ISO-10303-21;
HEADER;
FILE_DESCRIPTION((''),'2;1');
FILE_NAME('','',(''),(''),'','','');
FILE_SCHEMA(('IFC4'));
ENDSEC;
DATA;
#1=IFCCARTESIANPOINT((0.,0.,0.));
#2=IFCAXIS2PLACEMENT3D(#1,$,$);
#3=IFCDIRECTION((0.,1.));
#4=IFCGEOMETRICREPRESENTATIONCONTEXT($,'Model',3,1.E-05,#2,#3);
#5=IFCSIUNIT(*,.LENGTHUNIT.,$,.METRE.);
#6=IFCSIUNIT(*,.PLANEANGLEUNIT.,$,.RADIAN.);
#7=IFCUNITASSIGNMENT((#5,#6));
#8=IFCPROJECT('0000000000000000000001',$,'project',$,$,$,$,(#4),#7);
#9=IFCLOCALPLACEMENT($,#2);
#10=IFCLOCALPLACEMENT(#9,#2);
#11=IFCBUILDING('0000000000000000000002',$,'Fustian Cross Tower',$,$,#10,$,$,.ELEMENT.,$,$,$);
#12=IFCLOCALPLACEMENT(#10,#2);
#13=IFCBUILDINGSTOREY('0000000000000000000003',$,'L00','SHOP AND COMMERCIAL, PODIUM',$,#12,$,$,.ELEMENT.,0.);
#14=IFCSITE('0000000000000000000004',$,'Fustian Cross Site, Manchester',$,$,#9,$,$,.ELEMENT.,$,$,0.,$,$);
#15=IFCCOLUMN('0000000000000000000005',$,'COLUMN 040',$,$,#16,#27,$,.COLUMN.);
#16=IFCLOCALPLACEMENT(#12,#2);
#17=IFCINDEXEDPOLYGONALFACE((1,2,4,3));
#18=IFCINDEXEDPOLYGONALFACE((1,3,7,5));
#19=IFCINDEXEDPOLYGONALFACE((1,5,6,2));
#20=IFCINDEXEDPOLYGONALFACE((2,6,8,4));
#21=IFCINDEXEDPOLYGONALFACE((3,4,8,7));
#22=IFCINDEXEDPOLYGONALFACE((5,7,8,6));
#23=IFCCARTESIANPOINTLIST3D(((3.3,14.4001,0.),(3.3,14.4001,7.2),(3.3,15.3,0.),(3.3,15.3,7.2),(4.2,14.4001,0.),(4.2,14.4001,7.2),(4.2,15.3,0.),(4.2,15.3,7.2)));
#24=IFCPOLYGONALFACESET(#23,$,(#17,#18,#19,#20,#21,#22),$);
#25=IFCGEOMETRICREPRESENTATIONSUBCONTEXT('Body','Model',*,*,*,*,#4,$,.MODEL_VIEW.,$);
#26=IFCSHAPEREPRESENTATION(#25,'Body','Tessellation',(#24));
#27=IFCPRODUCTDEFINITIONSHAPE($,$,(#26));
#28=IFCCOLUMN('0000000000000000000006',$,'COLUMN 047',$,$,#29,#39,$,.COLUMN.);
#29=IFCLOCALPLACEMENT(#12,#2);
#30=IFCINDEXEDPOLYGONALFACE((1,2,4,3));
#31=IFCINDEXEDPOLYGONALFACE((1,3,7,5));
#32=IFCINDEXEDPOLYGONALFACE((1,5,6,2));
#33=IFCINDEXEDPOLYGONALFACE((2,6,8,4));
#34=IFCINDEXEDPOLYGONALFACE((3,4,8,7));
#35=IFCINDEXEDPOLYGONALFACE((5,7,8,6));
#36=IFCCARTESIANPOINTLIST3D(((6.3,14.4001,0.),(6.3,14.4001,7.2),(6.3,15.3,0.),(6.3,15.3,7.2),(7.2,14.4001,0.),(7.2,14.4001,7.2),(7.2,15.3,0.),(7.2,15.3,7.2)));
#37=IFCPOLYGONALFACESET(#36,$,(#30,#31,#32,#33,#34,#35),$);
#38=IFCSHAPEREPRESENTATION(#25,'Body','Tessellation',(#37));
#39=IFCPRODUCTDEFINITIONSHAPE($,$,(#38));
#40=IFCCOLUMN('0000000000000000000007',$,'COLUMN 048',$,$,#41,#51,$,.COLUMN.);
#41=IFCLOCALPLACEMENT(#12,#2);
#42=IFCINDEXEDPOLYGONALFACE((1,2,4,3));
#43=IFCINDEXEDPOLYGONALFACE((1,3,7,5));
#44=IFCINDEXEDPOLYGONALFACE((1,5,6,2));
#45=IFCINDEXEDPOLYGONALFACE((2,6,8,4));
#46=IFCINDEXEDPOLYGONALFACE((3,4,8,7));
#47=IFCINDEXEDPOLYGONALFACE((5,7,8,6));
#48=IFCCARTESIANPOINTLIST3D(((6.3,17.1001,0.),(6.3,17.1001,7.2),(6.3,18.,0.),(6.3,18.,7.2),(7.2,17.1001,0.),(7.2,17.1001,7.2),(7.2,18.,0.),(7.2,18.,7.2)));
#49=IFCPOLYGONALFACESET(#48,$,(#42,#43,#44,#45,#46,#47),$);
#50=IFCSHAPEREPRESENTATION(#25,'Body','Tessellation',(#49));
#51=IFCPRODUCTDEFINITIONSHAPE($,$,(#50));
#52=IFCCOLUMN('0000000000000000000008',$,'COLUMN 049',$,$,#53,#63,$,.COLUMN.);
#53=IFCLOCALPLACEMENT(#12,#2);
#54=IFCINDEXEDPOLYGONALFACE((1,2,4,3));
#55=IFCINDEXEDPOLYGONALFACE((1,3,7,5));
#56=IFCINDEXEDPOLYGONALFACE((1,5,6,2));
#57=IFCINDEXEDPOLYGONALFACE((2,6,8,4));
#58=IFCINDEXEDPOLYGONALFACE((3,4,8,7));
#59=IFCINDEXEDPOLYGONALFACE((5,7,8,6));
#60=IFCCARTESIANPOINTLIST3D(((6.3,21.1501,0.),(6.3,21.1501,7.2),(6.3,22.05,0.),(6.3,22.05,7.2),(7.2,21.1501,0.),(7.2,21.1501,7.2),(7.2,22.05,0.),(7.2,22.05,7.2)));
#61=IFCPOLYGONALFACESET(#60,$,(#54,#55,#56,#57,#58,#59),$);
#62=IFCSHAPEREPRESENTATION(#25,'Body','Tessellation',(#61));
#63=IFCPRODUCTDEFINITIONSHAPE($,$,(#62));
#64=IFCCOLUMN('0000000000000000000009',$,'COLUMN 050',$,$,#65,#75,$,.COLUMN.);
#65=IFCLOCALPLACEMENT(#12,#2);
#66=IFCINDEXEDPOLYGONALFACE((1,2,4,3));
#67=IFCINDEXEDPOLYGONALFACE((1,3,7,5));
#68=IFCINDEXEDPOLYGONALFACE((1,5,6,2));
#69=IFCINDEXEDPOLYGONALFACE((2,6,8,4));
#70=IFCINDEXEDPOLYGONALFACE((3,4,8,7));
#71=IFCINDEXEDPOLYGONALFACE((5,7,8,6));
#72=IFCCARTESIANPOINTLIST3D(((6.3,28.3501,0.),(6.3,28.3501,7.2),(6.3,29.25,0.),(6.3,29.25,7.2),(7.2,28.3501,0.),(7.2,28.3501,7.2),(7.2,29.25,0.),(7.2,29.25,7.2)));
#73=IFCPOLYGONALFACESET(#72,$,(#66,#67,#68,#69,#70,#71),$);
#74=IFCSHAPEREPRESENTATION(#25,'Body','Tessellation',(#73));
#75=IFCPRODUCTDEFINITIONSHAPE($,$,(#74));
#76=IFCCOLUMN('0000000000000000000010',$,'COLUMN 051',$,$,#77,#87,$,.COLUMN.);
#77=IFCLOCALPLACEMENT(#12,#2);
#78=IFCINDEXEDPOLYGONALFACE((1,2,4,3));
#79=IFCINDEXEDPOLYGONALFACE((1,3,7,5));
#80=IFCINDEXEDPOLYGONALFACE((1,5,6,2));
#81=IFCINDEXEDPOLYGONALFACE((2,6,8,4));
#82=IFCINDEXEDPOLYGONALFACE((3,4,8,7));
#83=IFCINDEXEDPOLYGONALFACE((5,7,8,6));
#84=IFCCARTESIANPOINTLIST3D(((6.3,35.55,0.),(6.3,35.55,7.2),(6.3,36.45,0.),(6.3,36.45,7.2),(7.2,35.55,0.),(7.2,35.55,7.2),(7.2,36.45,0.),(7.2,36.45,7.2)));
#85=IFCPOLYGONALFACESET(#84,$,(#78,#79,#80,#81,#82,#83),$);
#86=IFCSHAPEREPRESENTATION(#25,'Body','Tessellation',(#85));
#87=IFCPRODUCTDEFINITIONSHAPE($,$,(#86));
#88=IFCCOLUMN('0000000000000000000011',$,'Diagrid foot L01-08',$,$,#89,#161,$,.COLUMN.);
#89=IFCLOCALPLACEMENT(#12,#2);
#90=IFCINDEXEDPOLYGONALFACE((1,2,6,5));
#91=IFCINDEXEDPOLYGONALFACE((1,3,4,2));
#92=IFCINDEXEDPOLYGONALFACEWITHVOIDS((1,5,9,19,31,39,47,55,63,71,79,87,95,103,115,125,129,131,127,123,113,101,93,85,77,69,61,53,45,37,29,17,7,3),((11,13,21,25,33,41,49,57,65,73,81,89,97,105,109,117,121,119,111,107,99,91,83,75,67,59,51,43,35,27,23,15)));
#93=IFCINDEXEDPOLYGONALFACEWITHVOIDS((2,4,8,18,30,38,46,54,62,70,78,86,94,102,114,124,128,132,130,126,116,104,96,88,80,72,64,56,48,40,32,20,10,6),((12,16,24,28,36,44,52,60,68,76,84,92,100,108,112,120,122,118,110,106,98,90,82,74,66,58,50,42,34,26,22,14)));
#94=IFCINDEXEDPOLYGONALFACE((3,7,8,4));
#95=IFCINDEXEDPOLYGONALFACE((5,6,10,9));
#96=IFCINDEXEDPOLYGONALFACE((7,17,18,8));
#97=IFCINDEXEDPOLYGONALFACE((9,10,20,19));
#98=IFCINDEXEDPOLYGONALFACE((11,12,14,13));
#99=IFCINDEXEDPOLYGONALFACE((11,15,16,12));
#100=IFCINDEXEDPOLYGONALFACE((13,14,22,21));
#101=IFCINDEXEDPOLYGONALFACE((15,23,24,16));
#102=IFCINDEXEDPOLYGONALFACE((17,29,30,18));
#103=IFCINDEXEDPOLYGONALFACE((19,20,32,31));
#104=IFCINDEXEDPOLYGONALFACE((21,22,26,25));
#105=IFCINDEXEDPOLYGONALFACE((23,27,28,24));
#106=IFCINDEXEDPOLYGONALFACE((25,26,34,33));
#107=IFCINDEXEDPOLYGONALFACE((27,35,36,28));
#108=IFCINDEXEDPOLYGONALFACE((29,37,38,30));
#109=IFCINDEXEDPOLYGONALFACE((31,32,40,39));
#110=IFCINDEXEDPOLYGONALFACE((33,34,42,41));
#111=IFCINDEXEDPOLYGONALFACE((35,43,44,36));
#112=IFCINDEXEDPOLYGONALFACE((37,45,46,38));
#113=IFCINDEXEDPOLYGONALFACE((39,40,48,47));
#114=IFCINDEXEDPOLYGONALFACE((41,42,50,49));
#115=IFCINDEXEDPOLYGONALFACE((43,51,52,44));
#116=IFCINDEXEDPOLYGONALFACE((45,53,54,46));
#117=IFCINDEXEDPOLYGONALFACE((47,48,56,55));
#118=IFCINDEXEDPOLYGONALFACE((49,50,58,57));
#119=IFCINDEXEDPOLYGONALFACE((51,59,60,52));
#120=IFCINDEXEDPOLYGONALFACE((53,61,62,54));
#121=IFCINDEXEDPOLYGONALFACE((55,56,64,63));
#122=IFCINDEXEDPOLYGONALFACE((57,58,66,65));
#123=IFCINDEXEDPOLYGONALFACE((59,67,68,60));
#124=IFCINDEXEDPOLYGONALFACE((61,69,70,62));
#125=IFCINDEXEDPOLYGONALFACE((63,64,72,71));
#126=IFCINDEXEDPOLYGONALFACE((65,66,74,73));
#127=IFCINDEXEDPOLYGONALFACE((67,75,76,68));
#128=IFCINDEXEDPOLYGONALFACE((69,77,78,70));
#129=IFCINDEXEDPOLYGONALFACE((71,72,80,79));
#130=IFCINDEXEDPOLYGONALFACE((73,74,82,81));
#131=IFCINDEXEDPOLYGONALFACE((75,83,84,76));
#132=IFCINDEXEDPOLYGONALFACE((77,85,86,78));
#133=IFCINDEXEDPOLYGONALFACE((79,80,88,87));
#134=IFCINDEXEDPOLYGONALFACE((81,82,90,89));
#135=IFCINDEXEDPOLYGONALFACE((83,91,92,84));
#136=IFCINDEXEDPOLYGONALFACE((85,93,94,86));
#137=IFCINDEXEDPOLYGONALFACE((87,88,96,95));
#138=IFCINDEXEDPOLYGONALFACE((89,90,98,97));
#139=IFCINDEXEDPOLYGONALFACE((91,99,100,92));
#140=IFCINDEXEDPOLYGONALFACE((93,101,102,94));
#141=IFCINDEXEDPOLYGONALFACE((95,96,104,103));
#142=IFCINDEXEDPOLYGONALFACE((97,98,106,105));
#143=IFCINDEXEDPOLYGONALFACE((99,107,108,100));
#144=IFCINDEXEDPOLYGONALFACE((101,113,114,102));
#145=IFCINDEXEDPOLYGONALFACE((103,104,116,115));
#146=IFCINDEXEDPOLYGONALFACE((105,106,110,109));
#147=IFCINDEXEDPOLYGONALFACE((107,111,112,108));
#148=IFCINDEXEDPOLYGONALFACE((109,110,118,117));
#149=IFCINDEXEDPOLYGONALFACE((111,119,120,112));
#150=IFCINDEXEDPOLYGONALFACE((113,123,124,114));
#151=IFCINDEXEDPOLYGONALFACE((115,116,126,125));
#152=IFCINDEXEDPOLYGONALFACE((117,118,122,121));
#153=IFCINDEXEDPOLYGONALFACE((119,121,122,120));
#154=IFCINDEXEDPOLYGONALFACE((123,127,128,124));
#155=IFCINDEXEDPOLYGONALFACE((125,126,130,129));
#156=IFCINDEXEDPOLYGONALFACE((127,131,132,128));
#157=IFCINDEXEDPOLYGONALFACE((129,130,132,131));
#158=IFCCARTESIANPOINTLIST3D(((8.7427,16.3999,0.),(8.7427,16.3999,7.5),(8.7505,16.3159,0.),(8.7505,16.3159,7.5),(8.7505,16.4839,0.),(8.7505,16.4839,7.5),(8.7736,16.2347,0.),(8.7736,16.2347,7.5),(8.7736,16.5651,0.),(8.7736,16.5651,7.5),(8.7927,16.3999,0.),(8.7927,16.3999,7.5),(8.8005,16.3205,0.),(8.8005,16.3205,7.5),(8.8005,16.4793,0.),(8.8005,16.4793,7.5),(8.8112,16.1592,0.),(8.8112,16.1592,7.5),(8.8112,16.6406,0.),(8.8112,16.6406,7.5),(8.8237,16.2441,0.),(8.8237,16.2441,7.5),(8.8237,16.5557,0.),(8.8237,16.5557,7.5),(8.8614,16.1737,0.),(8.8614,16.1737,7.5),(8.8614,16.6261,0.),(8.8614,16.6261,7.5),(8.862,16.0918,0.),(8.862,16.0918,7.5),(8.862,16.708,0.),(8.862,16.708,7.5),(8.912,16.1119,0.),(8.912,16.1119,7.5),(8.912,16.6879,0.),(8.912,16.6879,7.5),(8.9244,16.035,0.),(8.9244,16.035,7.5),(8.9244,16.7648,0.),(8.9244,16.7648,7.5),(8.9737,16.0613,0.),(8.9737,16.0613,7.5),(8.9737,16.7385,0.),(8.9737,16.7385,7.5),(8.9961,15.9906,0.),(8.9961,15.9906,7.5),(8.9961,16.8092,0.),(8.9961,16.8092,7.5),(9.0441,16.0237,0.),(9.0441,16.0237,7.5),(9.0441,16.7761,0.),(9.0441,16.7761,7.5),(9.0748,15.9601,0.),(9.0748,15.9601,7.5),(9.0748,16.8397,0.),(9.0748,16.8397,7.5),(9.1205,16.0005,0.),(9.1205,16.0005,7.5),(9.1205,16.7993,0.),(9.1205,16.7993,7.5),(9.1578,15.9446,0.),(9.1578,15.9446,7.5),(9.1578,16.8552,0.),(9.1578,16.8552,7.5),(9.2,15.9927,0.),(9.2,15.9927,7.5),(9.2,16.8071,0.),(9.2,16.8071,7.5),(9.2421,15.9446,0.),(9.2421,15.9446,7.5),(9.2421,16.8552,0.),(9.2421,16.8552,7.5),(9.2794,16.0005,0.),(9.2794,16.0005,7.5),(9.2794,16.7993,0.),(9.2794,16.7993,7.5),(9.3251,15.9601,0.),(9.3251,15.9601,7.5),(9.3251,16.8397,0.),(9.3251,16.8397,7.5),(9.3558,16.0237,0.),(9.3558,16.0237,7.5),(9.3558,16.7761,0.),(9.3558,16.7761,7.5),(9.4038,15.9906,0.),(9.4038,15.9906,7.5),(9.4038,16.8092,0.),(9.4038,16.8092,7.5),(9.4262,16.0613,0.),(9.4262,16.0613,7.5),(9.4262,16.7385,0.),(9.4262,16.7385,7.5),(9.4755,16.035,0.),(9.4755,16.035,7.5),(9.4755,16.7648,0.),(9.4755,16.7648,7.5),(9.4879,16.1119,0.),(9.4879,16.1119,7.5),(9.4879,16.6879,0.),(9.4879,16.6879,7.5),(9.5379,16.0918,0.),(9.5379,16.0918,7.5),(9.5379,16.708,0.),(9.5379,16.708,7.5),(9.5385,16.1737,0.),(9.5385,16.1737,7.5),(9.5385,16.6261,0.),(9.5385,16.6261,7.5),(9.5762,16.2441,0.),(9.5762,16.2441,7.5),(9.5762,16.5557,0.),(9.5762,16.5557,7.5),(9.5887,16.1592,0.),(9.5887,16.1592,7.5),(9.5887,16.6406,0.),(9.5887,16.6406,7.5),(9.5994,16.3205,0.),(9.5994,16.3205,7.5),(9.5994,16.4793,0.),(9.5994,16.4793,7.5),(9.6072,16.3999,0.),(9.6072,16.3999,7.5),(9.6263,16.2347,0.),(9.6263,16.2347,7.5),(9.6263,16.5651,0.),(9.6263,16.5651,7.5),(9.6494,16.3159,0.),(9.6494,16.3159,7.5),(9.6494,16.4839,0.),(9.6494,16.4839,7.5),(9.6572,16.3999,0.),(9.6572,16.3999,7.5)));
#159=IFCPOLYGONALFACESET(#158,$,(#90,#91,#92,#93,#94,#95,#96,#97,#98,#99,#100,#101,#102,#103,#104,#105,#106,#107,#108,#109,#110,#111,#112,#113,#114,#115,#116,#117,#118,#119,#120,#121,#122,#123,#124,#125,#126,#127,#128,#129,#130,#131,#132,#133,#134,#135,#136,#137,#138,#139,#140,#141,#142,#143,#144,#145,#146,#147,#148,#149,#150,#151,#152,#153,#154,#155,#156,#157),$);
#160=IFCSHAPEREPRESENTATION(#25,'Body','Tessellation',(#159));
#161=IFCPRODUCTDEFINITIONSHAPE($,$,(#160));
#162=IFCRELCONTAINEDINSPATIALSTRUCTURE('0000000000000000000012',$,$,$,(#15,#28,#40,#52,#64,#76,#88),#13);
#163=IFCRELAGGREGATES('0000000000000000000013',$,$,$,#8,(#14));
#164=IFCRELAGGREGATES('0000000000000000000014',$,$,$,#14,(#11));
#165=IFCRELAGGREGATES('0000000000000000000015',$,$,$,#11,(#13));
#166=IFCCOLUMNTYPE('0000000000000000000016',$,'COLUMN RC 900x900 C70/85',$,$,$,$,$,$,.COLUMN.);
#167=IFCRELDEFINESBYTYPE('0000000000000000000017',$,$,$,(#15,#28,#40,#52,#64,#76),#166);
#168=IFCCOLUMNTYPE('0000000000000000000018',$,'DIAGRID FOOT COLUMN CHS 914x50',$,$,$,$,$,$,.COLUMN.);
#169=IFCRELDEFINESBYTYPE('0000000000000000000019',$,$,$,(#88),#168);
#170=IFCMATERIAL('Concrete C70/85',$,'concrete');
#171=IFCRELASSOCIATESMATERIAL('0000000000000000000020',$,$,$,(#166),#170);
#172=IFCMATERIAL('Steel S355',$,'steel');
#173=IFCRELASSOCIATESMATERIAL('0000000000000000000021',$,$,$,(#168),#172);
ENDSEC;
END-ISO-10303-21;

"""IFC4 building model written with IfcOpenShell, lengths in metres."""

from ifc_helpers import new_model, si_unit, direction, frame, origin, origin_2d, place, context, subcontext, project, spatial, rectangle, hollow_circle, extrude, material, material_profile, profile_set, type_object, element, save


model = new_model("IFC4")

# Units and contexts
model_context = context("Model", 3, precision=1e-05, world=origin(), true_north=direction((0.0, 1.0)))
body_context = subcontext(model_context, "Body", "Model", "MODEL_VIEW")
ifc_project = project(units=[si_unit("LENGTHUNIT", "METRE"), si_unit("PLANEANGLEUNIT", "RADIAN")], contexts=[model_context])

# Site, building, storey
site_placement = place(None, origin())
site = spatial("IfcSite", under=ifc_project, at=site_placement, Name="Fustian Cross Site, Manchester", CompositionType="ELEMENT", RefElevation=0.0)
building_placement = place(site_placement, origin())
building = spatial("IfcBuilding", under=site, at=building_placement, Name="Fustian Cross Tower", CompositionType="ELEMENT")
storey_placement = place(building_placement, origin())
storey = spatial("IfcBuildingStorey", under=building, at=storey_placement, Name="L00", Description="SHOP AND COMMERCIAL, PODIUM", CompositionType="ELEMENT", Elevation=0.0)

# Columns
ifc_material_1 = material(Name="Concrete C70/85", Category="concrete")
ifc_material_profile_1 = material_profile(ifc_material_1, rectangle(XDim=0.8999, YDim=0.8999, at=origin_2d()), Name="RC 900x900")
ifc_profile_set_1 = profile_set([ifc_material_profile_1], Name="Concrete C70/85")
column_type_1 = type_object("IfcColumnType", Name="COLUMN RC 900x900 C70/85", PredefinedType="COLUMN", material=ifc_profile_set_1)
for number, where, z_axis, x_axis, name in (
    (1, (3.75, 14.8501, 0.0), (0.0, 0.0, 1.0), (1.0, 0.0, 0.0), "COLUMN 040"),
    (2, (6.75, 14.8501, 0.0), (0.0, 0.0, 1.0), (1.0, 0.0, 0.0), "COLUMN 047"),
    (3, (6.75, 17.55, 0.0), (0.0, 0.0, 1.0), (1.0, 0.0, 0.0), "COLUMN 048"),
    (4, (6.75, 21.6001, 0.0), (0.0, 0.0, 1.0), (1.0, 0.0, 0.0), "COLUMN 049"),
    (5, (6.75, 28.8, 0.0), (0.0, 0.0, 1.0), (1.0, 0.0, 0.0), "COLUMN 050"),
    (6, (6.75, 36.0, 0.0), (0.0, 0.0, 1.0), (1.0, 0.0, 0.0), "COLUMN 051"),
):
    element("IfcColumn", number, at=place(storey_placement, frame(where, z_axis=z_axis, x_axis=x_axis)), inside=storey, type_object=column_type_1, Name=name, PredefinedType="COLUMN", context=body_context, shape_type="SweptSolid", body=[
        extrude(rectangle(XDim=0.8999, YDim=0.8999, at=origin_2d()), origin(), (0.0, 0.0, 1.0), 7.2),
    ])
ifc_material_2 = material(Name="Steel S355", Category="steel")
ifc_material_profile_2 = material_profile(ifc_material_2, hollow_circle(Radius=0.4573, WallThickness=0.05, at=origin_2d()), Name="CHS 914x50")
ifc_profile_set_2 = profile_set([ifc_material_profile_2], Name="Steel S355")
column_type_2 = type_object("IfcColumnType", Name="DIAGRID FOOT COLUMN CHS 914x50", PredefinedType="COLUMN", material=ifc_profile_set_2)
for number, where, z_axis, x_axis, name in (
    (7, (9.2, 16.3999, 0.0), (0.0, 0.0, 1.0), (1.0, 0.0, 0.0), "Diagrid foot L01-08"),
):
    element("IfcColumn", number, at=place(storey_placement, frame(where, z_axis=z_axis, x_axis=x_axis)), inside=storey, type_object=column_type_2, Name=name, PredefinedType="COLUMN", context=body_context, shape_type="SweptSolid", body=[
        extrude(hollow_circle(Radius=0.4573, WallThickness=0.05, at=origin_2d()), origin(), (0.0, 0.0, 1.0), 7.5),
    ])

save(model, "model.ifc")
